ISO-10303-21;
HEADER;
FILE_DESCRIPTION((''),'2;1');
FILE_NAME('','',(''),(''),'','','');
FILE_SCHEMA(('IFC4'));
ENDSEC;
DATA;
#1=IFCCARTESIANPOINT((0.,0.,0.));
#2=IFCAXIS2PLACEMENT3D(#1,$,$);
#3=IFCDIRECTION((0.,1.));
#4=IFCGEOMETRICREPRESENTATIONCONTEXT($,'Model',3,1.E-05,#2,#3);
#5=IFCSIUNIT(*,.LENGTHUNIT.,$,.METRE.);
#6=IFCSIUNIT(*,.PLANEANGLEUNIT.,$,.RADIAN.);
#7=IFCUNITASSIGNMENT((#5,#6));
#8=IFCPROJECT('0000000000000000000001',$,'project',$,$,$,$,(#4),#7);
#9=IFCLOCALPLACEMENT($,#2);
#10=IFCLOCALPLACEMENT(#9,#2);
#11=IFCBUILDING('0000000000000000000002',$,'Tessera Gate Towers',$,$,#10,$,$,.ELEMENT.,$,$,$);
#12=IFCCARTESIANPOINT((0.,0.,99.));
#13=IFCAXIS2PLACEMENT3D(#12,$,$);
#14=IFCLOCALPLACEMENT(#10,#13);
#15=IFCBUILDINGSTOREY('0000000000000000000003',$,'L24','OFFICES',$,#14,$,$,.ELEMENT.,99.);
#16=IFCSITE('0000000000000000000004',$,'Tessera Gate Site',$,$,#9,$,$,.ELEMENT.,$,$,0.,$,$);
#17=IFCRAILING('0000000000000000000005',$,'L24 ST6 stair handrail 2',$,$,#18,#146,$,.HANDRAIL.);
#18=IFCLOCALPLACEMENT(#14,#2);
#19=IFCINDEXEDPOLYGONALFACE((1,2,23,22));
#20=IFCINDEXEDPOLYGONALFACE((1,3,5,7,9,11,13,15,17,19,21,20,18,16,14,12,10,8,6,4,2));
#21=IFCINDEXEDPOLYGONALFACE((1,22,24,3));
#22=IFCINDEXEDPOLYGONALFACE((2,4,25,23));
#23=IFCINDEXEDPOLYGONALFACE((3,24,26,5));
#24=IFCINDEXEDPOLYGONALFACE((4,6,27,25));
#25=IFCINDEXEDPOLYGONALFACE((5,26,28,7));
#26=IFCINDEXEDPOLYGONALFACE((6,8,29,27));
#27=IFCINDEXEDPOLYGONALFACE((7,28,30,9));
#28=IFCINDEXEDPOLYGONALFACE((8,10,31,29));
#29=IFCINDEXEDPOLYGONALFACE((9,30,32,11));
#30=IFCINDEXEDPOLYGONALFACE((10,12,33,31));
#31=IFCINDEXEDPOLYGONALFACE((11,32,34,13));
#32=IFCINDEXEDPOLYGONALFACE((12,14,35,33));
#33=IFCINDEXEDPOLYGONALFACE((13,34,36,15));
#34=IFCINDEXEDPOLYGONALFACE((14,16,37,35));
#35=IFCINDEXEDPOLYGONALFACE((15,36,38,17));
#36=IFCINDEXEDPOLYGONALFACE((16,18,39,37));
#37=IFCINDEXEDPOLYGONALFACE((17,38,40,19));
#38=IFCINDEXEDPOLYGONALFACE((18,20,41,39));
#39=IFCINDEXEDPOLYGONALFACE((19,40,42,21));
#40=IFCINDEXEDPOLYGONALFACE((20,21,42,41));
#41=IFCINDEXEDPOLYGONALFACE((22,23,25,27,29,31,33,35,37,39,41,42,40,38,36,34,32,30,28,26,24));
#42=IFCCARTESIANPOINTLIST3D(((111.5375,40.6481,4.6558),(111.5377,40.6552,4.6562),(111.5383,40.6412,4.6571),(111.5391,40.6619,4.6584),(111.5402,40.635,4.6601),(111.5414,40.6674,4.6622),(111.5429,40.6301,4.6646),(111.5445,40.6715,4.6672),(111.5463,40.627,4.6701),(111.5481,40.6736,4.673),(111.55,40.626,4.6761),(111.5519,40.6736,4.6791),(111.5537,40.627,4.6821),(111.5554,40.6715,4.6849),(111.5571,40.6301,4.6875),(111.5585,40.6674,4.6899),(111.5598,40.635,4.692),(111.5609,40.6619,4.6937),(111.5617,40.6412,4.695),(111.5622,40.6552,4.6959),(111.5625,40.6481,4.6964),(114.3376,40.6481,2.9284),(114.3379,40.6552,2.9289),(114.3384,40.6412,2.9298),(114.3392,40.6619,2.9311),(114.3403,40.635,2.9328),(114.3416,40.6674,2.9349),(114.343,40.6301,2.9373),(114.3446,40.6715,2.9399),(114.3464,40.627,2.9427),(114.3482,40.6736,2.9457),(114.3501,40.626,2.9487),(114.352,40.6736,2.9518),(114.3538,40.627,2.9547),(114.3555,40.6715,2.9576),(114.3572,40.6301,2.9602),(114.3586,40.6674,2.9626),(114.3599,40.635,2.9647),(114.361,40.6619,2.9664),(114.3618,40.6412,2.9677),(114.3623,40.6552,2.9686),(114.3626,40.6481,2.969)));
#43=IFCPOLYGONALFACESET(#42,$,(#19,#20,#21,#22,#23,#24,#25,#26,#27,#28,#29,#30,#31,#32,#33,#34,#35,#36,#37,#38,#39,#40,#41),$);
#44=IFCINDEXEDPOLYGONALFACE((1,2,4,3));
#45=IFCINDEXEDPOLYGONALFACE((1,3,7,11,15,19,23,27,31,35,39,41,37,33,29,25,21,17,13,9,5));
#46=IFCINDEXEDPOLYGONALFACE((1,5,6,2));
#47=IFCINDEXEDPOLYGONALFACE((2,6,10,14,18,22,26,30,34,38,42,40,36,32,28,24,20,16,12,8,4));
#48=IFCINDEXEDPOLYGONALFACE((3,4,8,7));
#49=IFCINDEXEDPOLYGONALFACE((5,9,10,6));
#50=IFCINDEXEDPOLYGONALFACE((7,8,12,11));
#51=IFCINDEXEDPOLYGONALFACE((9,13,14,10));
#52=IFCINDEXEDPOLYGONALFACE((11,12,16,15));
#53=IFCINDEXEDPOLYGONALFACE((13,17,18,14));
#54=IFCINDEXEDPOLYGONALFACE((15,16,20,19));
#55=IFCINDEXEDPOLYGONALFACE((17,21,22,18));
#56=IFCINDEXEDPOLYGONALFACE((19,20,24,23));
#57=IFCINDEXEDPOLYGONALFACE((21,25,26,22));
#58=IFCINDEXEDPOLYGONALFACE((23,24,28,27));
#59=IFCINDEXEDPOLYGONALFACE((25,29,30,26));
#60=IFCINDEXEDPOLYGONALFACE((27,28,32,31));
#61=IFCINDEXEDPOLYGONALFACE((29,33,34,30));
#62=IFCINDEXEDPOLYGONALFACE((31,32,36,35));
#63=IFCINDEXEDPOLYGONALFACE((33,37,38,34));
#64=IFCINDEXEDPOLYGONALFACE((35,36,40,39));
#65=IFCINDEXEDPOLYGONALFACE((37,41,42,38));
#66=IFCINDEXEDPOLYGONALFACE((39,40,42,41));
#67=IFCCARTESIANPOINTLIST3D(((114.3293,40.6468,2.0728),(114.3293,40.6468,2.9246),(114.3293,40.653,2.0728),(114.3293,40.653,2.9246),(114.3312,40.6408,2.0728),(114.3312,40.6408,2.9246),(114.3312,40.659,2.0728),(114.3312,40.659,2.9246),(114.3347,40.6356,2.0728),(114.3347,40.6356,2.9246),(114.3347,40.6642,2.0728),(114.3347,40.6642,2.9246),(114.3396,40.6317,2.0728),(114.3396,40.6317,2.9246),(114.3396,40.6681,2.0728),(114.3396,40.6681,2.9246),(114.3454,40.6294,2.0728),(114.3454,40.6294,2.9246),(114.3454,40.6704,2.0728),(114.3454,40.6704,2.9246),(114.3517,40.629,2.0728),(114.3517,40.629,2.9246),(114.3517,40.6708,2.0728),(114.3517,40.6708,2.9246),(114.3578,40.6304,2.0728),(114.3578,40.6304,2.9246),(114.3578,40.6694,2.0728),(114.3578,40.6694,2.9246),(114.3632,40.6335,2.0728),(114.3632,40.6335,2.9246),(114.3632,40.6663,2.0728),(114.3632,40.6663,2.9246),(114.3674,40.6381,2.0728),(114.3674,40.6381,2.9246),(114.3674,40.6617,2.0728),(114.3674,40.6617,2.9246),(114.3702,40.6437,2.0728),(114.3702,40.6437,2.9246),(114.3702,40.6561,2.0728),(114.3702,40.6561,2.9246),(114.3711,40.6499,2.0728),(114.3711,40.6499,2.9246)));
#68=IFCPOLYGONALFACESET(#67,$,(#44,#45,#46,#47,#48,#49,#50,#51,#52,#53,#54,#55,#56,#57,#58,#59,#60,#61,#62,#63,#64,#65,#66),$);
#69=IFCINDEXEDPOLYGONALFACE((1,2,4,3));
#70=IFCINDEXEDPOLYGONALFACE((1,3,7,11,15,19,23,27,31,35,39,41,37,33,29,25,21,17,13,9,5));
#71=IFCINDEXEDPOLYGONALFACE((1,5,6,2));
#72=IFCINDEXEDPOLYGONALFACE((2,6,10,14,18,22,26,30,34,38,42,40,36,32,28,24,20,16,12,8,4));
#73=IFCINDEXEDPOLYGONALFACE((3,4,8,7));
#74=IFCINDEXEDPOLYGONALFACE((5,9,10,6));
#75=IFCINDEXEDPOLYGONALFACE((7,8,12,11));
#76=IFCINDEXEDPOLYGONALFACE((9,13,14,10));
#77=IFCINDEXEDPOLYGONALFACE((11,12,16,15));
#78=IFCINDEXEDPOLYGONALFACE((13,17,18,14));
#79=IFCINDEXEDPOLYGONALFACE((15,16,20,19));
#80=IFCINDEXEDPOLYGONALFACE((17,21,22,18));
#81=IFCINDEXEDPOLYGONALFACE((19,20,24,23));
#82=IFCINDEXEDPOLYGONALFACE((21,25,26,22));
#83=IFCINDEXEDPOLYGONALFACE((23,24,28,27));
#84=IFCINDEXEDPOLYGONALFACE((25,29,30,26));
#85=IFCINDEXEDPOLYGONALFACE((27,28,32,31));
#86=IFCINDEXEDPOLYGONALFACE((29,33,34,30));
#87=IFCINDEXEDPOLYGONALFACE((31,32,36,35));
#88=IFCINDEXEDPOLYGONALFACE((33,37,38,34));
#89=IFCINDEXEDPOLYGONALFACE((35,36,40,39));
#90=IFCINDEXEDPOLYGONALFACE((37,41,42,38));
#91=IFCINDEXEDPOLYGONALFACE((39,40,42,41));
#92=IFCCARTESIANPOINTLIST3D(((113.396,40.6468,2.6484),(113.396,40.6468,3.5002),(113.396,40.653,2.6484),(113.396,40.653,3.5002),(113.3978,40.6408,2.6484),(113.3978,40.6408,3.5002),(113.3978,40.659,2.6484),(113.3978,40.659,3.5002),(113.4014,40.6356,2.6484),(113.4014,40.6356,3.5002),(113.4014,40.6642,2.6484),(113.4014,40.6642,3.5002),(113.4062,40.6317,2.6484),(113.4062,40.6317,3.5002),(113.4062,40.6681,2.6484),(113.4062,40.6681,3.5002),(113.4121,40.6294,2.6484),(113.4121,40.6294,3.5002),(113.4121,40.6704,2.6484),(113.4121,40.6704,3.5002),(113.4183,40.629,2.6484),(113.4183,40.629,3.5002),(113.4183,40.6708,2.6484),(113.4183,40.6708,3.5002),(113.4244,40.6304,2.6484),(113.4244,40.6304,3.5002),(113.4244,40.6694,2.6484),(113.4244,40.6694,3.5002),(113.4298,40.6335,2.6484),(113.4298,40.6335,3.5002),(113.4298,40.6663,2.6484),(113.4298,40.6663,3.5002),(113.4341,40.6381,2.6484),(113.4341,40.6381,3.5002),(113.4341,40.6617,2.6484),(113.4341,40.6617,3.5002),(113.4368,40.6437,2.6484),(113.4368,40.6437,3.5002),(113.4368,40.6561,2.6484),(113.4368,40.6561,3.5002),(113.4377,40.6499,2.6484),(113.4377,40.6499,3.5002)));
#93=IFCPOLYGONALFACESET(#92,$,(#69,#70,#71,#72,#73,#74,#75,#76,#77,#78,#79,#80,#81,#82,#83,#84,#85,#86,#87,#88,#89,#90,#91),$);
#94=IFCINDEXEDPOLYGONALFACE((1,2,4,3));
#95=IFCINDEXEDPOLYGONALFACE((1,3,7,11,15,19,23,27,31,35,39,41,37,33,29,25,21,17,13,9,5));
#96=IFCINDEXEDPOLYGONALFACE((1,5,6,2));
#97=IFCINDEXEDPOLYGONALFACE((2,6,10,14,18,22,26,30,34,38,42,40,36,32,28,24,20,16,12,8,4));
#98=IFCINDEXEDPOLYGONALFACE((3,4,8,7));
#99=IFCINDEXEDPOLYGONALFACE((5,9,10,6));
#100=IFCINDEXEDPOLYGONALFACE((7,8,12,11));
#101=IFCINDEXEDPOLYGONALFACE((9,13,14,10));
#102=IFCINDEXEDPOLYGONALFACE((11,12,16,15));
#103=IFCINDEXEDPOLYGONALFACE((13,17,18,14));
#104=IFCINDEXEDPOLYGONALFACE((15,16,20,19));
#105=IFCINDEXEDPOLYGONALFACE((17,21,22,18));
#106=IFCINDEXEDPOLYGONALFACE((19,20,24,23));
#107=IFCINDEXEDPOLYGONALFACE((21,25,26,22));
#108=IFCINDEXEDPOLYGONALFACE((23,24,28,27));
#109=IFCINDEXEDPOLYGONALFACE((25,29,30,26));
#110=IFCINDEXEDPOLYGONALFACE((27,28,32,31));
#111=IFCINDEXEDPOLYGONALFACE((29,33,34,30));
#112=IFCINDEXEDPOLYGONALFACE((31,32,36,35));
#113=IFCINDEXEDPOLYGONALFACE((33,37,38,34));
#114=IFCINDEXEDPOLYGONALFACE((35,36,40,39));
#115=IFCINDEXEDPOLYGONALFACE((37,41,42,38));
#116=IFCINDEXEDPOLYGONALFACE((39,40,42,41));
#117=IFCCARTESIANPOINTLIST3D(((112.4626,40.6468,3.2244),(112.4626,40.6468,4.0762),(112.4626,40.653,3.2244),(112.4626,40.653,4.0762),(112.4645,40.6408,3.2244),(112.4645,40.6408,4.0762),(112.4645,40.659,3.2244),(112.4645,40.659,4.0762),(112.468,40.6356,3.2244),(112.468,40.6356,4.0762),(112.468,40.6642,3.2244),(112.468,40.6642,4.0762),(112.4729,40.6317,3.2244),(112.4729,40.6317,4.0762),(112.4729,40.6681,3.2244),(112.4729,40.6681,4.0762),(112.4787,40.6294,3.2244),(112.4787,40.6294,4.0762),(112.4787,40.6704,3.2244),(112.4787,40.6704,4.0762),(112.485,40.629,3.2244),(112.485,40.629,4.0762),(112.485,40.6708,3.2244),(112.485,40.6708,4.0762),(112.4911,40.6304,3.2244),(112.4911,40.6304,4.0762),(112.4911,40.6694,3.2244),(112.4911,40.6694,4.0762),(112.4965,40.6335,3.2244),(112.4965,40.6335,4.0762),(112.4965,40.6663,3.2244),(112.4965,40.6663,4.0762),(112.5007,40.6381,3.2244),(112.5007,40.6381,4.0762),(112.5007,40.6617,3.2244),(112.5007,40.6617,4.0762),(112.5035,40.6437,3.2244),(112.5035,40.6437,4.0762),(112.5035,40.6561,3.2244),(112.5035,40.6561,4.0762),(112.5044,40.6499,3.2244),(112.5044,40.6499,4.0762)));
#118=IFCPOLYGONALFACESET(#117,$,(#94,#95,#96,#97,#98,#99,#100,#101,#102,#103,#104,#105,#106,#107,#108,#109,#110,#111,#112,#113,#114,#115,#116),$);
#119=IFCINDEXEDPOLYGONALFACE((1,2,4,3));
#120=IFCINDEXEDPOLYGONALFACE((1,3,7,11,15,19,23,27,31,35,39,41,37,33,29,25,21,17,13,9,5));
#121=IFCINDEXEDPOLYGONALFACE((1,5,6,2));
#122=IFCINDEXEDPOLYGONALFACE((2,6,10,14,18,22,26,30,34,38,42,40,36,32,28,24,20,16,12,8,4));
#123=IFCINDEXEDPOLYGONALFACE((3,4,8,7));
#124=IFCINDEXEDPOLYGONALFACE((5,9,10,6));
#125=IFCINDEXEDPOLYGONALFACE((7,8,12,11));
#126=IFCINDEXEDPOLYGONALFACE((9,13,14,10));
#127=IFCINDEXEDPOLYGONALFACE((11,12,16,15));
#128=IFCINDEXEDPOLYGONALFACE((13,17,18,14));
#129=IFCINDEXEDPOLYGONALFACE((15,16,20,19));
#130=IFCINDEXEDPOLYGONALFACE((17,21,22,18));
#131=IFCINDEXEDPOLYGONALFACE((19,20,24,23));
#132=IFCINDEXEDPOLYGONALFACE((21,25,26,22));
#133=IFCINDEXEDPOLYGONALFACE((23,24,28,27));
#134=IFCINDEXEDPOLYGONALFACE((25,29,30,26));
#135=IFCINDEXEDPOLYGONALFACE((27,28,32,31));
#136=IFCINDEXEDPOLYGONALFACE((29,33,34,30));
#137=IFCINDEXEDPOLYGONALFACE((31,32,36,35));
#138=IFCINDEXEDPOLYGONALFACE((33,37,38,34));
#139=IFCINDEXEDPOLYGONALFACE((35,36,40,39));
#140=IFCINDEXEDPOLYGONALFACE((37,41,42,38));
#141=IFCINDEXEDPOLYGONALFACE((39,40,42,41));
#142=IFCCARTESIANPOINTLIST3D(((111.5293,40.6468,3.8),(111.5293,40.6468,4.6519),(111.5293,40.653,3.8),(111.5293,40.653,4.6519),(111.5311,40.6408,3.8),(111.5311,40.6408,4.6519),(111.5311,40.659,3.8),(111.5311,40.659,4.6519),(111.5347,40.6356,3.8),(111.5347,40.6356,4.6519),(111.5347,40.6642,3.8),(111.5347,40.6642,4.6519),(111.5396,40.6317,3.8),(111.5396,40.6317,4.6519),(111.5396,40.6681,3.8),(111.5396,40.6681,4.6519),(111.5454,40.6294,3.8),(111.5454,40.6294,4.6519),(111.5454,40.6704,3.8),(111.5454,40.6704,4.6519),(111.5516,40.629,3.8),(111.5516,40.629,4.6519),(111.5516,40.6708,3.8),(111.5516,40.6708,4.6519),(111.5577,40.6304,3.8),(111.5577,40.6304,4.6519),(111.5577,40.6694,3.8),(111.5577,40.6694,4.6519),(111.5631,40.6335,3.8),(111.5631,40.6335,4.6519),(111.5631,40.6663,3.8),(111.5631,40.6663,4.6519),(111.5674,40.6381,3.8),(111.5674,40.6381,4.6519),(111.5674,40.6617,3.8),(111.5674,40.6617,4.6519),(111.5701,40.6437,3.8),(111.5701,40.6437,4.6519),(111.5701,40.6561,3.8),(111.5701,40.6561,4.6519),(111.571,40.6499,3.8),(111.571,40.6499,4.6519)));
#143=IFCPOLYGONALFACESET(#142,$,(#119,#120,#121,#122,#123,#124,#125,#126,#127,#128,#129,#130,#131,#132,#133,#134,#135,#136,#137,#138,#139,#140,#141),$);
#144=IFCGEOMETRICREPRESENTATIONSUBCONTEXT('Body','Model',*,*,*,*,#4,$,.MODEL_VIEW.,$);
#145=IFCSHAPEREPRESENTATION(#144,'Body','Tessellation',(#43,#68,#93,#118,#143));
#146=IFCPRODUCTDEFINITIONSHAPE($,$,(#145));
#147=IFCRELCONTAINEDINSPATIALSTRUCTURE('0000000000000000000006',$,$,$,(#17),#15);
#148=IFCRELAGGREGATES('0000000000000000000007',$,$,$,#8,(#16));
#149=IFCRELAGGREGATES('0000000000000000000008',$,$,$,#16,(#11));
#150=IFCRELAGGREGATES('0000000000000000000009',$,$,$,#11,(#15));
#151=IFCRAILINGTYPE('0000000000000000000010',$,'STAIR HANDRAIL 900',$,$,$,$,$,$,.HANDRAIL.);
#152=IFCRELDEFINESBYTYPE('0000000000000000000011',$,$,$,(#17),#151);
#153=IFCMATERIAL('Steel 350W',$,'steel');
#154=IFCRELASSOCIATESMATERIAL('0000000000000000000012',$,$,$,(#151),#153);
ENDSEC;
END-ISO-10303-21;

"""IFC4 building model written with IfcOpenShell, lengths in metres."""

from ifc_helpers import new_model, si_unit, direction, frame, origin, origin_2d, place, context, subcontext, project, spatial, circle, extrude, material, type_object, element, save


model = new_model("IFC4")

# Units and contexts
model_context = context("Model", 3, precision=1e-05, world=origin(), true_north=direction((0.0, 1.0)))
body_context = subcontext(model_context, "Body", "Model", "MODEL_VIEW")
ifc_project = project(units=[si_unit("LENGTHUNIT", "METRE"), si_unit("PLANEANGLEUNIT", "RADIAN")], contexts=[model_context])

# Site, building, storey
site_placement = place(None, origin())
site = spatial("IfcSite", under=ifc_project, at=site_placement, Name="Tessera Gate Site", CompositionType="ELEMENT", RefElevation=0.0)
building_placement = place(site_placement, origin())
building = spatial("IfcBuilding", under=site, at=building_placement, Name="Tessera Gate Towers", CompositionType="ELEMENT")
storey_placement = place(building_placement, frame((0.0, 0.0, 99.0)))
storey = spatial("IfcBuildingStorey", under=building, at=storey_placement, Name="L24", Description="OFFICES", CompositionType="ELEMENT", Elevation=99.0)

# Railing
ifc_material_1 = material(Name="Steel 350W", Category="steel")
railing_type_1 = type_object("IfcRailingType", Name="STAIR HANDRAIL 900", PredefinedType="HANDRAIL", material=ifc_material_1)
railing_1_placement = place(storey_placement, frame((114.3501, 40.6499, 2.0728)))
element("IfcRailing", 1, at=railing_1_placement, inside=storey, type_object=railing_type_1, Name="L24 ST6 stair handrail 2", PredefinedType="HANDRAIL", context=body_context, shape_type="SweptSolid", body=[
    extrude(circle(Radius=0.0239, at=origin_2d()), frame((0.0, 0.0, 0.876), z_axis=(-0.85109, 0.0, 0.52502), x_axis=(0.0, -1.0, 0.0)), (0.0, 0.0, 1.0), 3.29),
    extrude(circle(Radius=0.021, at=origin_2d()), origin(), (0.0, 0.0, 1.0), 0.8518),
    extrude(circle(Radius=0.021, at=origin_2d()), frame((-0.9333, 0.0, 0.5757)), (0.0, 0.0, 1.0), 0.8518),
    extrude(circle(Radius=0.021, at=origin_2d()), frame((-1.8667, 0.0, 1.1516)), (0.0, 0.0, 1.0), 0.8518),
    extrude(circle(Radius=0.021, at=origin_2d()), frame((-2.8, 0.0, 1.7273)), (0.0, 0.0, 1.0), 0.8518),
])

save(model, "model.ifc")
